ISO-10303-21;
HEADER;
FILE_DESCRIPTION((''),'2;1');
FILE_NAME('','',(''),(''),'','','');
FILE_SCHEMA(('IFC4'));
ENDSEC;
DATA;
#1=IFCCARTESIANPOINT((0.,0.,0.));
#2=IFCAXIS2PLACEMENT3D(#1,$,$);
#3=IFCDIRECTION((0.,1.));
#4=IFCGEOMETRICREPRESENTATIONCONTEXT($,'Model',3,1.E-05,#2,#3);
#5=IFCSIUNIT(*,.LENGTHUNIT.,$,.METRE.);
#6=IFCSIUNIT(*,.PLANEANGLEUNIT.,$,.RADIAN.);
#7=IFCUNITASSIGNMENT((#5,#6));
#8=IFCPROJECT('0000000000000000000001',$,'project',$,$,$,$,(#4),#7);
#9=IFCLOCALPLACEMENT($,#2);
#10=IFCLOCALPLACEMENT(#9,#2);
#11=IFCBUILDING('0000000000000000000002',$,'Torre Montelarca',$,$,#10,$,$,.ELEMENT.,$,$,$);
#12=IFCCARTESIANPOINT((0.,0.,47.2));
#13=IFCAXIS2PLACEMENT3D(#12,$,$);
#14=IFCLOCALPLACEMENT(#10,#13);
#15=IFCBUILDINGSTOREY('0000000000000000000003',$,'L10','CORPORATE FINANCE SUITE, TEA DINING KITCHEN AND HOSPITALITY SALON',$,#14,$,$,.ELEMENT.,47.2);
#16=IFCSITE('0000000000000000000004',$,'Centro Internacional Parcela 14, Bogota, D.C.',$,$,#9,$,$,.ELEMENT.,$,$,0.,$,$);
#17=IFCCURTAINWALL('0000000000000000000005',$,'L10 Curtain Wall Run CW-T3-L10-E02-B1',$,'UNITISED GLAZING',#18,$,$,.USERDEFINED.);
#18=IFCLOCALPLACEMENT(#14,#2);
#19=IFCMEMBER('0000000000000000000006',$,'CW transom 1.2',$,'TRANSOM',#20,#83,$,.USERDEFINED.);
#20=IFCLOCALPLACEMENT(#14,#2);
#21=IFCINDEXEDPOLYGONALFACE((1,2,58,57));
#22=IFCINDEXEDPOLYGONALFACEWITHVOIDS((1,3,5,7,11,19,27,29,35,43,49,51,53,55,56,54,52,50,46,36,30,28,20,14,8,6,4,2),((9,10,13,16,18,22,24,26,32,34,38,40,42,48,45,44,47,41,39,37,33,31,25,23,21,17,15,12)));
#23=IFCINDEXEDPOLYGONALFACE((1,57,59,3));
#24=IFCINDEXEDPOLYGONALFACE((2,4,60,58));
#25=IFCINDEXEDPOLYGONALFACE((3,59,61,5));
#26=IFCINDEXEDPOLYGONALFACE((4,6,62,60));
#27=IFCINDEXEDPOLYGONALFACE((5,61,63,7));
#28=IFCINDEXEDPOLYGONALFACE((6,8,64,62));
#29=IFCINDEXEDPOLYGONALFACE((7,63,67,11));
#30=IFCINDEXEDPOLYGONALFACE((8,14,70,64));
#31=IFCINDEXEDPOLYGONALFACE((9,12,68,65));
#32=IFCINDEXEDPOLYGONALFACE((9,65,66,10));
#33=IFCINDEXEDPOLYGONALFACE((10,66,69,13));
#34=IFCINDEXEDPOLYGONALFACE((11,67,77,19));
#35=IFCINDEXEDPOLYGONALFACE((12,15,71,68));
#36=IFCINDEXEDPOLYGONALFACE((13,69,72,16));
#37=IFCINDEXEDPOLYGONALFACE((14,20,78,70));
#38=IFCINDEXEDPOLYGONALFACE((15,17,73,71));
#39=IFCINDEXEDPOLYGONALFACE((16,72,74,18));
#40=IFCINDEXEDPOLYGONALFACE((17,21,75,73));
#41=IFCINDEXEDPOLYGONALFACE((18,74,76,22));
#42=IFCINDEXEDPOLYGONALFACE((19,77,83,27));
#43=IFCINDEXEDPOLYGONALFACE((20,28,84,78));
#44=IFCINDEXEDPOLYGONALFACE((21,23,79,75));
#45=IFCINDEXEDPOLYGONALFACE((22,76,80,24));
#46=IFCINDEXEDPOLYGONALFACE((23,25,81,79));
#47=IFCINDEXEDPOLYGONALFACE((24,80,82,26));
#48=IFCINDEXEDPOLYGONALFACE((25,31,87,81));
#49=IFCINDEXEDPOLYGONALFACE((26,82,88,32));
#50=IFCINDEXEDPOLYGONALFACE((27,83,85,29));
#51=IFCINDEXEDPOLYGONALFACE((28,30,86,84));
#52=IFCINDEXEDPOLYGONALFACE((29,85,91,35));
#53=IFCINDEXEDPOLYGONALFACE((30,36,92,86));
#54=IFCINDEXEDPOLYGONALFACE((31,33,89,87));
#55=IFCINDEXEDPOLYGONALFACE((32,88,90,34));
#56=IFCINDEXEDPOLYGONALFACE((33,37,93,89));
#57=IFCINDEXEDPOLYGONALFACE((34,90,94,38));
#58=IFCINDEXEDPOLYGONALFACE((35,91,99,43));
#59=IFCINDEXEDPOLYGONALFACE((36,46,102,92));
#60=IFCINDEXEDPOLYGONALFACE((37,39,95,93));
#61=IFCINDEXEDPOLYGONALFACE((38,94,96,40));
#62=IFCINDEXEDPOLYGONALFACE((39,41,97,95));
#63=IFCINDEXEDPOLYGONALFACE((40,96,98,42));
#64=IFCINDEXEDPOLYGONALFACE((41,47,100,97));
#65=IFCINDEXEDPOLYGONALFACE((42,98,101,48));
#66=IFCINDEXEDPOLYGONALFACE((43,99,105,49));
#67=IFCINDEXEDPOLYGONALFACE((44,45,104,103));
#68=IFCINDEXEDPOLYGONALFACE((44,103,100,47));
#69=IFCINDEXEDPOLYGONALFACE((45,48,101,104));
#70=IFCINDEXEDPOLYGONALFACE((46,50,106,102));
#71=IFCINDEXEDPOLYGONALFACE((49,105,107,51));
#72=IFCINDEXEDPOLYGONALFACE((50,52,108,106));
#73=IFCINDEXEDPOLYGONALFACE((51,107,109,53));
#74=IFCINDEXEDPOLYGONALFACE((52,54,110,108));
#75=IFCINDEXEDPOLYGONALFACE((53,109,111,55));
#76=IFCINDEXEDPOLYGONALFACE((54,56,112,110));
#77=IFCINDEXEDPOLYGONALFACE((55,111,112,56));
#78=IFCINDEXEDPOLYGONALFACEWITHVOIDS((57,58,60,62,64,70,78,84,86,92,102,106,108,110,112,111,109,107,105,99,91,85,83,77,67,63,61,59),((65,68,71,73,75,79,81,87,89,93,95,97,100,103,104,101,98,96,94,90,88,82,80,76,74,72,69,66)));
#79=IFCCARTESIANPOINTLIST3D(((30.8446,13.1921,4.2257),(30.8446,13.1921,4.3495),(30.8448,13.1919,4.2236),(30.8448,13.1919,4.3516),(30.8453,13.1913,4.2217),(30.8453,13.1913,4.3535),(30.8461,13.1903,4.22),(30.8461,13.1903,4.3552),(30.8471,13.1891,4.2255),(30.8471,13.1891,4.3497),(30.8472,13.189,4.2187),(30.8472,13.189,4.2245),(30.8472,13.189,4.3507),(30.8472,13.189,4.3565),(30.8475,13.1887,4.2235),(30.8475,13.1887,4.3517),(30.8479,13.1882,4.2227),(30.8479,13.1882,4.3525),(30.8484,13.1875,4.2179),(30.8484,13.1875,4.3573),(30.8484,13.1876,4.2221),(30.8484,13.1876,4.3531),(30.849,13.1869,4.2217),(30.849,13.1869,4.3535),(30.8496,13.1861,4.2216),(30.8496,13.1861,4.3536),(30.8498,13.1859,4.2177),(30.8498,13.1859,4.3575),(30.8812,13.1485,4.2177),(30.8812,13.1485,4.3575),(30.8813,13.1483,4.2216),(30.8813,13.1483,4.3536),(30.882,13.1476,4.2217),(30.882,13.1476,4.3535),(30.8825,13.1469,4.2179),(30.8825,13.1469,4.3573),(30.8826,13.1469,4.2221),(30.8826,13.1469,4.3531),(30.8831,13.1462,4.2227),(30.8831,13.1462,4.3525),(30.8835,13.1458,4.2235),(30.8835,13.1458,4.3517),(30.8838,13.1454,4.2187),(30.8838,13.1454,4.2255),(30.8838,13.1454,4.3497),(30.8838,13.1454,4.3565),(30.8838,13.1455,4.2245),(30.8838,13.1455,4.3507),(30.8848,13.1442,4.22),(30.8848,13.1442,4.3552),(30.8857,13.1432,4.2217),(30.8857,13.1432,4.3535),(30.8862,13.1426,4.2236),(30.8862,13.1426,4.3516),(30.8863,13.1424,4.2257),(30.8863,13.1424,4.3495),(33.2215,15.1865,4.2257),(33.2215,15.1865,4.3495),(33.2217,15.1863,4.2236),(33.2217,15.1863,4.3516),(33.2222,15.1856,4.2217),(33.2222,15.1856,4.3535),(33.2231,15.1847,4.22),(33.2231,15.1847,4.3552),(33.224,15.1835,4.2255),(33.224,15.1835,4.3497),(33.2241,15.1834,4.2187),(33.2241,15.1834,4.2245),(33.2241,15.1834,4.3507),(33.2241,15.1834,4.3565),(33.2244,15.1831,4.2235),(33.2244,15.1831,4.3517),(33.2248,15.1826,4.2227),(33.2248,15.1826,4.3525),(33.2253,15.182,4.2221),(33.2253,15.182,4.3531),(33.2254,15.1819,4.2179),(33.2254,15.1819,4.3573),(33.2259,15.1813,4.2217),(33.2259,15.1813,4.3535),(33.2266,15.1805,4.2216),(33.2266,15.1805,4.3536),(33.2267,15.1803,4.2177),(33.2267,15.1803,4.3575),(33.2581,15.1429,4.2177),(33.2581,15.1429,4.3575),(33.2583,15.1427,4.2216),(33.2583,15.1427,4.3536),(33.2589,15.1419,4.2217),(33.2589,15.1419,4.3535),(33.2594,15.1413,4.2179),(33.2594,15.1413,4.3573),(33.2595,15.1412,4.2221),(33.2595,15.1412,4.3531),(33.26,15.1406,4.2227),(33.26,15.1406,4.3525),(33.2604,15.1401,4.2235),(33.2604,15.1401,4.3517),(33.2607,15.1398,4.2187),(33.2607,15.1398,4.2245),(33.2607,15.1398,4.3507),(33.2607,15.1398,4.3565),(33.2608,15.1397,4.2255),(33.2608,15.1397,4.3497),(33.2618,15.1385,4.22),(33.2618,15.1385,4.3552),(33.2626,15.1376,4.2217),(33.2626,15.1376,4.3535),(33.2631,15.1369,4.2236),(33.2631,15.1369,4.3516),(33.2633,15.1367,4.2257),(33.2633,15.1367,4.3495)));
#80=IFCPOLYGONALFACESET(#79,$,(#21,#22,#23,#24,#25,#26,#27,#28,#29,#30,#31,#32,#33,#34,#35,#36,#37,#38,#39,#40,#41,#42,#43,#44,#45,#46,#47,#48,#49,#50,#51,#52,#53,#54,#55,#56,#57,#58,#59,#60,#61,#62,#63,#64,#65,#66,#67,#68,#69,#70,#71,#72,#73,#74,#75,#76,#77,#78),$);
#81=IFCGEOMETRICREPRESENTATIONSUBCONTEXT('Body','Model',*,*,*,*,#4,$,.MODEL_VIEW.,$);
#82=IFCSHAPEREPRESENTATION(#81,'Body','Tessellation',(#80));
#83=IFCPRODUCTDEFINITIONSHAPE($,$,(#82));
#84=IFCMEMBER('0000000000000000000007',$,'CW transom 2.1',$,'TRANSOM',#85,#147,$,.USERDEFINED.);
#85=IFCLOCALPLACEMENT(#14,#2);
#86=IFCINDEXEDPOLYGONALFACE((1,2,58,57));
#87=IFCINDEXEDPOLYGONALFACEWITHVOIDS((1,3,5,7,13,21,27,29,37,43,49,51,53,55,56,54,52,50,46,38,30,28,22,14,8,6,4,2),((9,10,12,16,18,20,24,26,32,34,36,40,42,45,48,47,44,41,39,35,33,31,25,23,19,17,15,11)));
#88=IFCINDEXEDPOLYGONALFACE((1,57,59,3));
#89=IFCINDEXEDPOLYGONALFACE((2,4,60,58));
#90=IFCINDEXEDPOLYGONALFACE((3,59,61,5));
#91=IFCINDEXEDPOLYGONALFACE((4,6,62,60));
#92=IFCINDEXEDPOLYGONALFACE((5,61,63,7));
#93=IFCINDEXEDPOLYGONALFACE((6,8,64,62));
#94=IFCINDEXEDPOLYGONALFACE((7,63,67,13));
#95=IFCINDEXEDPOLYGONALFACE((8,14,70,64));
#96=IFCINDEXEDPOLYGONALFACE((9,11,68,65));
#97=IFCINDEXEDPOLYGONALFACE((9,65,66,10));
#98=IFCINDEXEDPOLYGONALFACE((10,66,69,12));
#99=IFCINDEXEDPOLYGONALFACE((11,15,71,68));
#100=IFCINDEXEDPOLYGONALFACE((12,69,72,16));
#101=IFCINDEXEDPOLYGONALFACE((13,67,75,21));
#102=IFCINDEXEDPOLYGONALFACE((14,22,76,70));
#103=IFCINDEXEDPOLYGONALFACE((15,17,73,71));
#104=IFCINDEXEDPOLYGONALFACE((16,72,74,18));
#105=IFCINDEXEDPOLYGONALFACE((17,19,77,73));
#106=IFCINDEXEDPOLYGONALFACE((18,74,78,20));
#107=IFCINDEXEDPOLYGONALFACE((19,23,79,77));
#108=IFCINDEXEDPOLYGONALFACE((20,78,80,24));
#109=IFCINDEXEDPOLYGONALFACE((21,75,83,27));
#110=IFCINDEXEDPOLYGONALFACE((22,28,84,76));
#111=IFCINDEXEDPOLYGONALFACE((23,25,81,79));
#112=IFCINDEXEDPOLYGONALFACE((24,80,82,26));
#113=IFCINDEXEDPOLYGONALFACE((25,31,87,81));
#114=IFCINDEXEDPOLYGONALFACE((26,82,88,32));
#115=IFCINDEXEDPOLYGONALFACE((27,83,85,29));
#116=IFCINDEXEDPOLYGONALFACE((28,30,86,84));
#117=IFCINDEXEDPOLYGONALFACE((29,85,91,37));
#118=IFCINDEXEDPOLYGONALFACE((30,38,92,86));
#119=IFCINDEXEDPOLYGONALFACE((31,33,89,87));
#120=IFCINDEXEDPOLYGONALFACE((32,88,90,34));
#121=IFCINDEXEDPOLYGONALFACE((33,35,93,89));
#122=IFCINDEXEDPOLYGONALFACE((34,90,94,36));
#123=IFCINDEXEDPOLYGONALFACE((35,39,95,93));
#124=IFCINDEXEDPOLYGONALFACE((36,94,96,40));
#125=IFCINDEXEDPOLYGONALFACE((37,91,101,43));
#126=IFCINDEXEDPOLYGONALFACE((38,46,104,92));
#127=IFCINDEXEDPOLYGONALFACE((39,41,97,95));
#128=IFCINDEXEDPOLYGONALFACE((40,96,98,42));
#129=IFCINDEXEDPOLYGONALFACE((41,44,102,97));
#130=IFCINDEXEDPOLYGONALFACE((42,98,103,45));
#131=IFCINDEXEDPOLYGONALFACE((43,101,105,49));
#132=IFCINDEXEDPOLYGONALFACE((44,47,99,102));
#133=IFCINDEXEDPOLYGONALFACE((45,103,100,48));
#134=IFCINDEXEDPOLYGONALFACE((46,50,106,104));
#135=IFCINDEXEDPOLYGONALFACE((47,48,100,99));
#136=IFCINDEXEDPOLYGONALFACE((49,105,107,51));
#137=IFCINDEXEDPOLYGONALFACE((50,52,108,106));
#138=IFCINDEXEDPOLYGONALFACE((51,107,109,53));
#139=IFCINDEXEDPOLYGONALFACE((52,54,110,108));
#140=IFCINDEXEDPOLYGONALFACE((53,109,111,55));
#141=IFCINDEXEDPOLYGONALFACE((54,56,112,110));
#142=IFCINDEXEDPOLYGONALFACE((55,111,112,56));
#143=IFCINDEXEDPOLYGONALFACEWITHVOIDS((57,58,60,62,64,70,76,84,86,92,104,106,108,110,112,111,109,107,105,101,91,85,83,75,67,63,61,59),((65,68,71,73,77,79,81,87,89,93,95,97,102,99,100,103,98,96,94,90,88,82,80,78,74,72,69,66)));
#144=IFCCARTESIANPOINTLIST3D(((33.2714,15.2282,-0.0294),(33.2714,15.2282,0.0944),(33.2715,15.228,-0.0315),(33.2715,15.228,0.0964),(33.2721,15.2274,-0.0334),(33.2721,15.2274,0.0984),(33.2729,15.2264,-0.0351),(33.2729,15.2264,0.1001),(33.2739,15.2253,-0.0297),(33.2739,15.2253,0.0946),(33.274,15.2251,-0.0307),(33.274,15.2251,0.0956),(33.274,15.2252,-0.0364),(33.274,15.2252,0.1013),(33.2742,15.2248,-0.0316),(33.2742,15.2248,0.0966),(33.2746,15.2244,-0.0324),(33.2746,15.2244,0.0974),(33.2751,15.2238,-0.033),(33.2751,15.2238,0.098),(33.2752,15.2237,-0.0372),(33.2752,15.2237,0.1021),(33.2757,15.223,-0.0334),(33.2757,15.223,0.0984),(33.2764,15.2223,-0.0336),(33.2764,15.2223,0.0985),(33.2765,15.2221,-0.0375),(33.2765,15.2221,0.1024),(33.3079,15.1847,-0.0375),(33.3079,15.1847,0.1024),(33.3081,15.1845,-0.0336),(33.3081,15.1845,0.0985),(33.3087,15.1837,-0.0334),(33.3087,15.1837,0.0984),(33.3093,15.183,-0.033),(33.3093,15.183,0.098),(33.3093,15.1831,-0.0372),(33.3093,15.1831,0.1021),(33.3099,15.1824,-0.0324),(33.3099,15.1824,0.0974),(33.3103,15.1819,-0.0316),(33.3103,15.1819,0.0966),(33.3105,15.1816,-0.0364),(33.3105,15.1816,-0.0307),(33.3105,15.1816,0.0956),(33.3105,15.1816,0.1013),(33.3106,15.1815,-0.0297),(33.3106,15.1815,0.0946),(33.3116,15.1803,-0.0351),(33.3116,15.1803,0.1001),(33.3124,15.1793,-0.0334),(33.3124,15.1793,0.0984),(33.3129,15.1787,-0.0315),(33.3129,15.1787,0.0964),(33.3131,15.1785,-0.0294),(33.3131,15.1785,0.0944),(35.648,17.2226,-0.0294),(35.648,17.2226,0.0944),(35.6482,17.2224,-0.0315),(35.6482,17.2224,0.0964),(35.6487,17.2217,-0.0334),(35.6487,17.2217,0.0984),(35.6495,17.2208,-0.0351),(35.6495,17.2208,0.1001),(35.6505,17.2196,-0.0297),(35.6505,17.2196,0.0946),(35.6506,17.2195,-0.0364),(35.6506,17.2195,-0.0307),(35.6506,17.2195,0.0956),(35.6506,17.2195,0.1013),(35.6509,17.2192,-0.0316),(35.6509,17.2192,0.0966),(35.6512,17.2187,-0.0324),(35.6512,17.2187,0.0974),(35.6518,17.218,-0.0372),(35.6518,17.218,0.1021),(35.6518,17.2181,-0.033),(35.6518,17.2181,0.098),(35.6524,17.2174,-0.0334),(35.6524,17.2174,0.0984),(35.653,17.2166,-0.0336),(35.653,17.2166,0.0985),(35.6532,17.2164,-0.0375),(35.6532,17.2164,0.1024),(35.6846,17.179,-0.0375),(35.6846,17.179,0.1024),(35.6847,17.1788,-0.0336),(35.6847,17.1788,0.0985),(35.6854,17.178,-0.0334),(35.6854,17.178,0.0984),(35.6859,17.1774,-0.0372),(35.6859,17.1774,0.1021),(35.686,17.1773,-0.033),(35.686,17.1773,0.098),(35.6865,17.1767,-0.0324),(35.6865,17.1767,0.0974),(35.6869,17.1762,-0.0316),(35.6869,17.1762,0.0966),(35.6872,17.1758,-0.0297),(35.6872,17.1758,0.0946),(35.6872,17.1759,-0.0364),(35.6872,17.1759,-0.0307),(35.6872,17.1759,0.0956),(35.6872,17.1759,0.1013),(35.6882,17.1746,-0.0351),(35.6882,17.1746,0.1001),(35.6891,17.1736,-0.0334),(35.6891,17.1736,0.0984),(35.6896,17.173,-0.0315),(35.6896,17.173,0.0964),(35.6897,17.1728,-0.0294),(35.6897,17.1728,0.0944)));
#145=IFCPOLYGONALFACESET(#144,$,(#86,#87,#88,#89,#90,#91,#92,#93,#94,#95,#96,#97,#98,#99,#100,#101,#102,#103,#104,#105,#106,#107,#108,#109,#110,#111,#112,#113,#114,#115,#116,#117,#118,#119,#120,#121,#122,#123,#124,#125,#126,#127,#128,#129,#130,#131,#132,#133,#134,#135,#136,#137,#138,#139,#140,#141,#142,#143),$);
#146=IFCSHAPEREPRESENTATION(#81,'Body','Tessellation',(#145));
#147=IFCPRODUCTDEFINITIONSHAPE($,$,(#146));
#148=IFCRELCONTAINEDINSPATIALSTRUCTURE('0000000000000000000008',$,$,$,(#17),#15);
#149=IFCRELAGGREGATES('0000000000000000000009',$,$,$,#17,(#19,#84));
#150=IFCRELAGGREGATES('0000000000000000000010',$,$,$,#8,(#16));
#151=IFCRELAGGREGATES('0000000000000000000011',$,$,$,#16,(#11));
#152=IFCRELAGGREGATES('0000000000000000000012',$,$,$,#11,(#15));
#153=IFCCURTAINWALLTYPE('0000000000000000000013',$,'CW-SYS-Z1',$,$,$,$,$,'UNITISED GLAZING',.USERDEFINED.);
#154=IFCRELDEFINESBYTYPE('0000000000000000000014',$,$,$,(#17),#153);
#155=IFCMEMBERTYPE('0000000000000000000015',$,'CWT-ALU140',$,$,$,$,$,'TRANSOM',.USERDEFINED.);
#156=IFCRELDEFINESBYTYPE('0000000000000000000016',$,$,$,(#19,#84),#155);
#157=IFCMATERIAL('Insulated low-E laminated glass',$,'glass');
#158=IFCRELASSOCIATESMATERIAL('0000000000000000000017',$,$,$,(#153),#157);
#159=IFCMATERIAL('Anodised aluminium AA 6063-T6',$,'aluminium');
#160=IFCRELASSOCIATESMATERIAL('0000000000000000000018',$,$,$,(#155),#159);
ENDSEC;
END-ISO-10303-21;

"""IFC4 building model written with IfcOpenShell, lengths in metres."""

from ifc_helpers import new_model, si_unit, direction, frame, origin, origin_2d, place, context, subcontext, project, spatial, hollow_rectangle, extrude, source, transform, mapped, material, material_profile, profile_set, type_object, element, aggregate, save


model = new_model("IFC4")

# Units and contexts
model_context = context("Model", 3, precision=1e-05, world=origin(), true_north=direction((0.0, 1.0)))
body_context = subcontext(model_context, "Body", "Model", "MODEL_VIEW")
ifc_project = project(units=[si_unit("LENGTHUNIT", "METRE"), si_unit("PLANEANGLEUNIT", "RADIAN")], contexts=[model_context])

# Site, building, storey
site_placement = place(None, origin())
site = spatial("IfcSite", under=ifc_project, at=site_placement, Name="Centro Internacional Parcela 14, Bogota, D.C.", CompositionType="ELEMENT", RefElevation=0.0)
building_placement = place(site_placement, origin())
building = spatial("IfcBuilding", under=site, at=building_placement, Name="Torre Montelarca", CompositionType="ELEMENT")
storey_placement = place(building_placement, frame((0.0, 0.0, 47.2)))
storey = spatial("IfcBuildingStorey", under=building, at=storey_placement, Name="L10", Description="CORPORATE FINANCE SUITE, TEA DINING KITCHEN AND HOSPITALITY SALON", CompositionType="ELEMENT", Elevation=47.2)

# Shared definitions
ifc_material_1 = material(Name="Insulated low-E laminated glass", Category="glass")
curtain_wall_type = type_object("IfcCurtainWallType", Name="CW-SYS-Z1", ElementType="UNITISED GLAZING", PredefinedType="USERDEFINED", material=ifc_material_1)
ifc_material_2 = material(Name="Anodised aluminium AA 6063-T6", Category="aluminium")

# Curtain wall
curtain_wall_1_placement = place(storey_placement, origin())
curtain_wall_1 = element("IfcCurtainWall", 1, at=curtain_wall_1_placement, inside=storey, type_object=curtain_wall_type, Name="L10 Curtain Wall Run CW-T3-L10-E02-B1", ObjectType="UNITISED GLAZING", PredefinedType="USERDEFINED")

# Members
ifc_material_profile_1 = material_profile(ifc_material_2, hollow_rectangle(XDim=0.0649, YDim=0.1399, WallThickness=0.0039, InnerFilletRadius=0.0039, OuterFilletRadius=0.0081, at=origin_2d()), Name="ALU65X140X4", Category="aluminium")
ifc_profile_set_1 = profile_set([ifc_material_profile_1], Name="Anodised aluminium AA 6063-T6")
member_type_1 = type_object("IfcMemberType", Name="CWT-ALU140", ElementType="TRANSOM", PredefinedType="USERDEFINED", material=ifc_profile_set_1)
shared_shape_1 = source(origin(), body_context, "Body", "SweptSolid", [
    extrude(hollow_rectangle(XDim=0.0649, YDim=0.1399, WallThickness=0.0039, InnerFilletRadius=0.0039, OuterFilletRadius=0.0081, at=origin_2d()), origin(), (0.0, 0.0, 1.0), 3.1028),
])
member_1_placement = place(storey_placement, frame((30.8655, 13.1672, 4.2876), z_axis=(0.766063, 0.642766, 0.0), x_axis=(-0.642766, 0.766063, 0.0)))
member_1 = element("IfcMember", 2, at=member_1_placement, type_object=member_type_1, Name="CW transom 1.2", ObjectType="TRANSOM", PredefinedType="USERDEFINED", context=body_context, shape_type="MappedRepresentation", body=[
    mapped(shared_shape_1, transform((0.0, 0.0, 0.0), scale=1.0)),
])
shared_shape_2 = source(origin(), body_context, "Body", "SweptSolid", [
    extrude(hollow_rectangle(XDim=0.0649, YDim=0.1399, WallThickness=0.0039, InnerFilletRadius=0.0039, OuterFilletRadius=0.0081, at=origin_2d()), origin(), (0.0, 0.0, 1.0), 3.1025),
])
member_2_placement = place(storey_placement, frame((33.2922, 15.2034, 0.0325), z_axis=(0.76603, 0.642804, 0.0), x_axis=(-0.642804, 0.76603, 0.0)))
member_2 = element("IfcMember", 3, at=member_2_placement, type_object=member_type_1, Name="CW transom 2.1", ObjectType="TRANSOM", PredefinedType="USERDEFINED", context=body_context, shape_type="MappedRepresentation", body=[
    mapped(shared_shape_2, transform((0.0, 0.0, 0.0), scale=1.0)),
])

aggregate(curtain_wall_1, [member_1, member_2])

save(model, "model.ifc")
